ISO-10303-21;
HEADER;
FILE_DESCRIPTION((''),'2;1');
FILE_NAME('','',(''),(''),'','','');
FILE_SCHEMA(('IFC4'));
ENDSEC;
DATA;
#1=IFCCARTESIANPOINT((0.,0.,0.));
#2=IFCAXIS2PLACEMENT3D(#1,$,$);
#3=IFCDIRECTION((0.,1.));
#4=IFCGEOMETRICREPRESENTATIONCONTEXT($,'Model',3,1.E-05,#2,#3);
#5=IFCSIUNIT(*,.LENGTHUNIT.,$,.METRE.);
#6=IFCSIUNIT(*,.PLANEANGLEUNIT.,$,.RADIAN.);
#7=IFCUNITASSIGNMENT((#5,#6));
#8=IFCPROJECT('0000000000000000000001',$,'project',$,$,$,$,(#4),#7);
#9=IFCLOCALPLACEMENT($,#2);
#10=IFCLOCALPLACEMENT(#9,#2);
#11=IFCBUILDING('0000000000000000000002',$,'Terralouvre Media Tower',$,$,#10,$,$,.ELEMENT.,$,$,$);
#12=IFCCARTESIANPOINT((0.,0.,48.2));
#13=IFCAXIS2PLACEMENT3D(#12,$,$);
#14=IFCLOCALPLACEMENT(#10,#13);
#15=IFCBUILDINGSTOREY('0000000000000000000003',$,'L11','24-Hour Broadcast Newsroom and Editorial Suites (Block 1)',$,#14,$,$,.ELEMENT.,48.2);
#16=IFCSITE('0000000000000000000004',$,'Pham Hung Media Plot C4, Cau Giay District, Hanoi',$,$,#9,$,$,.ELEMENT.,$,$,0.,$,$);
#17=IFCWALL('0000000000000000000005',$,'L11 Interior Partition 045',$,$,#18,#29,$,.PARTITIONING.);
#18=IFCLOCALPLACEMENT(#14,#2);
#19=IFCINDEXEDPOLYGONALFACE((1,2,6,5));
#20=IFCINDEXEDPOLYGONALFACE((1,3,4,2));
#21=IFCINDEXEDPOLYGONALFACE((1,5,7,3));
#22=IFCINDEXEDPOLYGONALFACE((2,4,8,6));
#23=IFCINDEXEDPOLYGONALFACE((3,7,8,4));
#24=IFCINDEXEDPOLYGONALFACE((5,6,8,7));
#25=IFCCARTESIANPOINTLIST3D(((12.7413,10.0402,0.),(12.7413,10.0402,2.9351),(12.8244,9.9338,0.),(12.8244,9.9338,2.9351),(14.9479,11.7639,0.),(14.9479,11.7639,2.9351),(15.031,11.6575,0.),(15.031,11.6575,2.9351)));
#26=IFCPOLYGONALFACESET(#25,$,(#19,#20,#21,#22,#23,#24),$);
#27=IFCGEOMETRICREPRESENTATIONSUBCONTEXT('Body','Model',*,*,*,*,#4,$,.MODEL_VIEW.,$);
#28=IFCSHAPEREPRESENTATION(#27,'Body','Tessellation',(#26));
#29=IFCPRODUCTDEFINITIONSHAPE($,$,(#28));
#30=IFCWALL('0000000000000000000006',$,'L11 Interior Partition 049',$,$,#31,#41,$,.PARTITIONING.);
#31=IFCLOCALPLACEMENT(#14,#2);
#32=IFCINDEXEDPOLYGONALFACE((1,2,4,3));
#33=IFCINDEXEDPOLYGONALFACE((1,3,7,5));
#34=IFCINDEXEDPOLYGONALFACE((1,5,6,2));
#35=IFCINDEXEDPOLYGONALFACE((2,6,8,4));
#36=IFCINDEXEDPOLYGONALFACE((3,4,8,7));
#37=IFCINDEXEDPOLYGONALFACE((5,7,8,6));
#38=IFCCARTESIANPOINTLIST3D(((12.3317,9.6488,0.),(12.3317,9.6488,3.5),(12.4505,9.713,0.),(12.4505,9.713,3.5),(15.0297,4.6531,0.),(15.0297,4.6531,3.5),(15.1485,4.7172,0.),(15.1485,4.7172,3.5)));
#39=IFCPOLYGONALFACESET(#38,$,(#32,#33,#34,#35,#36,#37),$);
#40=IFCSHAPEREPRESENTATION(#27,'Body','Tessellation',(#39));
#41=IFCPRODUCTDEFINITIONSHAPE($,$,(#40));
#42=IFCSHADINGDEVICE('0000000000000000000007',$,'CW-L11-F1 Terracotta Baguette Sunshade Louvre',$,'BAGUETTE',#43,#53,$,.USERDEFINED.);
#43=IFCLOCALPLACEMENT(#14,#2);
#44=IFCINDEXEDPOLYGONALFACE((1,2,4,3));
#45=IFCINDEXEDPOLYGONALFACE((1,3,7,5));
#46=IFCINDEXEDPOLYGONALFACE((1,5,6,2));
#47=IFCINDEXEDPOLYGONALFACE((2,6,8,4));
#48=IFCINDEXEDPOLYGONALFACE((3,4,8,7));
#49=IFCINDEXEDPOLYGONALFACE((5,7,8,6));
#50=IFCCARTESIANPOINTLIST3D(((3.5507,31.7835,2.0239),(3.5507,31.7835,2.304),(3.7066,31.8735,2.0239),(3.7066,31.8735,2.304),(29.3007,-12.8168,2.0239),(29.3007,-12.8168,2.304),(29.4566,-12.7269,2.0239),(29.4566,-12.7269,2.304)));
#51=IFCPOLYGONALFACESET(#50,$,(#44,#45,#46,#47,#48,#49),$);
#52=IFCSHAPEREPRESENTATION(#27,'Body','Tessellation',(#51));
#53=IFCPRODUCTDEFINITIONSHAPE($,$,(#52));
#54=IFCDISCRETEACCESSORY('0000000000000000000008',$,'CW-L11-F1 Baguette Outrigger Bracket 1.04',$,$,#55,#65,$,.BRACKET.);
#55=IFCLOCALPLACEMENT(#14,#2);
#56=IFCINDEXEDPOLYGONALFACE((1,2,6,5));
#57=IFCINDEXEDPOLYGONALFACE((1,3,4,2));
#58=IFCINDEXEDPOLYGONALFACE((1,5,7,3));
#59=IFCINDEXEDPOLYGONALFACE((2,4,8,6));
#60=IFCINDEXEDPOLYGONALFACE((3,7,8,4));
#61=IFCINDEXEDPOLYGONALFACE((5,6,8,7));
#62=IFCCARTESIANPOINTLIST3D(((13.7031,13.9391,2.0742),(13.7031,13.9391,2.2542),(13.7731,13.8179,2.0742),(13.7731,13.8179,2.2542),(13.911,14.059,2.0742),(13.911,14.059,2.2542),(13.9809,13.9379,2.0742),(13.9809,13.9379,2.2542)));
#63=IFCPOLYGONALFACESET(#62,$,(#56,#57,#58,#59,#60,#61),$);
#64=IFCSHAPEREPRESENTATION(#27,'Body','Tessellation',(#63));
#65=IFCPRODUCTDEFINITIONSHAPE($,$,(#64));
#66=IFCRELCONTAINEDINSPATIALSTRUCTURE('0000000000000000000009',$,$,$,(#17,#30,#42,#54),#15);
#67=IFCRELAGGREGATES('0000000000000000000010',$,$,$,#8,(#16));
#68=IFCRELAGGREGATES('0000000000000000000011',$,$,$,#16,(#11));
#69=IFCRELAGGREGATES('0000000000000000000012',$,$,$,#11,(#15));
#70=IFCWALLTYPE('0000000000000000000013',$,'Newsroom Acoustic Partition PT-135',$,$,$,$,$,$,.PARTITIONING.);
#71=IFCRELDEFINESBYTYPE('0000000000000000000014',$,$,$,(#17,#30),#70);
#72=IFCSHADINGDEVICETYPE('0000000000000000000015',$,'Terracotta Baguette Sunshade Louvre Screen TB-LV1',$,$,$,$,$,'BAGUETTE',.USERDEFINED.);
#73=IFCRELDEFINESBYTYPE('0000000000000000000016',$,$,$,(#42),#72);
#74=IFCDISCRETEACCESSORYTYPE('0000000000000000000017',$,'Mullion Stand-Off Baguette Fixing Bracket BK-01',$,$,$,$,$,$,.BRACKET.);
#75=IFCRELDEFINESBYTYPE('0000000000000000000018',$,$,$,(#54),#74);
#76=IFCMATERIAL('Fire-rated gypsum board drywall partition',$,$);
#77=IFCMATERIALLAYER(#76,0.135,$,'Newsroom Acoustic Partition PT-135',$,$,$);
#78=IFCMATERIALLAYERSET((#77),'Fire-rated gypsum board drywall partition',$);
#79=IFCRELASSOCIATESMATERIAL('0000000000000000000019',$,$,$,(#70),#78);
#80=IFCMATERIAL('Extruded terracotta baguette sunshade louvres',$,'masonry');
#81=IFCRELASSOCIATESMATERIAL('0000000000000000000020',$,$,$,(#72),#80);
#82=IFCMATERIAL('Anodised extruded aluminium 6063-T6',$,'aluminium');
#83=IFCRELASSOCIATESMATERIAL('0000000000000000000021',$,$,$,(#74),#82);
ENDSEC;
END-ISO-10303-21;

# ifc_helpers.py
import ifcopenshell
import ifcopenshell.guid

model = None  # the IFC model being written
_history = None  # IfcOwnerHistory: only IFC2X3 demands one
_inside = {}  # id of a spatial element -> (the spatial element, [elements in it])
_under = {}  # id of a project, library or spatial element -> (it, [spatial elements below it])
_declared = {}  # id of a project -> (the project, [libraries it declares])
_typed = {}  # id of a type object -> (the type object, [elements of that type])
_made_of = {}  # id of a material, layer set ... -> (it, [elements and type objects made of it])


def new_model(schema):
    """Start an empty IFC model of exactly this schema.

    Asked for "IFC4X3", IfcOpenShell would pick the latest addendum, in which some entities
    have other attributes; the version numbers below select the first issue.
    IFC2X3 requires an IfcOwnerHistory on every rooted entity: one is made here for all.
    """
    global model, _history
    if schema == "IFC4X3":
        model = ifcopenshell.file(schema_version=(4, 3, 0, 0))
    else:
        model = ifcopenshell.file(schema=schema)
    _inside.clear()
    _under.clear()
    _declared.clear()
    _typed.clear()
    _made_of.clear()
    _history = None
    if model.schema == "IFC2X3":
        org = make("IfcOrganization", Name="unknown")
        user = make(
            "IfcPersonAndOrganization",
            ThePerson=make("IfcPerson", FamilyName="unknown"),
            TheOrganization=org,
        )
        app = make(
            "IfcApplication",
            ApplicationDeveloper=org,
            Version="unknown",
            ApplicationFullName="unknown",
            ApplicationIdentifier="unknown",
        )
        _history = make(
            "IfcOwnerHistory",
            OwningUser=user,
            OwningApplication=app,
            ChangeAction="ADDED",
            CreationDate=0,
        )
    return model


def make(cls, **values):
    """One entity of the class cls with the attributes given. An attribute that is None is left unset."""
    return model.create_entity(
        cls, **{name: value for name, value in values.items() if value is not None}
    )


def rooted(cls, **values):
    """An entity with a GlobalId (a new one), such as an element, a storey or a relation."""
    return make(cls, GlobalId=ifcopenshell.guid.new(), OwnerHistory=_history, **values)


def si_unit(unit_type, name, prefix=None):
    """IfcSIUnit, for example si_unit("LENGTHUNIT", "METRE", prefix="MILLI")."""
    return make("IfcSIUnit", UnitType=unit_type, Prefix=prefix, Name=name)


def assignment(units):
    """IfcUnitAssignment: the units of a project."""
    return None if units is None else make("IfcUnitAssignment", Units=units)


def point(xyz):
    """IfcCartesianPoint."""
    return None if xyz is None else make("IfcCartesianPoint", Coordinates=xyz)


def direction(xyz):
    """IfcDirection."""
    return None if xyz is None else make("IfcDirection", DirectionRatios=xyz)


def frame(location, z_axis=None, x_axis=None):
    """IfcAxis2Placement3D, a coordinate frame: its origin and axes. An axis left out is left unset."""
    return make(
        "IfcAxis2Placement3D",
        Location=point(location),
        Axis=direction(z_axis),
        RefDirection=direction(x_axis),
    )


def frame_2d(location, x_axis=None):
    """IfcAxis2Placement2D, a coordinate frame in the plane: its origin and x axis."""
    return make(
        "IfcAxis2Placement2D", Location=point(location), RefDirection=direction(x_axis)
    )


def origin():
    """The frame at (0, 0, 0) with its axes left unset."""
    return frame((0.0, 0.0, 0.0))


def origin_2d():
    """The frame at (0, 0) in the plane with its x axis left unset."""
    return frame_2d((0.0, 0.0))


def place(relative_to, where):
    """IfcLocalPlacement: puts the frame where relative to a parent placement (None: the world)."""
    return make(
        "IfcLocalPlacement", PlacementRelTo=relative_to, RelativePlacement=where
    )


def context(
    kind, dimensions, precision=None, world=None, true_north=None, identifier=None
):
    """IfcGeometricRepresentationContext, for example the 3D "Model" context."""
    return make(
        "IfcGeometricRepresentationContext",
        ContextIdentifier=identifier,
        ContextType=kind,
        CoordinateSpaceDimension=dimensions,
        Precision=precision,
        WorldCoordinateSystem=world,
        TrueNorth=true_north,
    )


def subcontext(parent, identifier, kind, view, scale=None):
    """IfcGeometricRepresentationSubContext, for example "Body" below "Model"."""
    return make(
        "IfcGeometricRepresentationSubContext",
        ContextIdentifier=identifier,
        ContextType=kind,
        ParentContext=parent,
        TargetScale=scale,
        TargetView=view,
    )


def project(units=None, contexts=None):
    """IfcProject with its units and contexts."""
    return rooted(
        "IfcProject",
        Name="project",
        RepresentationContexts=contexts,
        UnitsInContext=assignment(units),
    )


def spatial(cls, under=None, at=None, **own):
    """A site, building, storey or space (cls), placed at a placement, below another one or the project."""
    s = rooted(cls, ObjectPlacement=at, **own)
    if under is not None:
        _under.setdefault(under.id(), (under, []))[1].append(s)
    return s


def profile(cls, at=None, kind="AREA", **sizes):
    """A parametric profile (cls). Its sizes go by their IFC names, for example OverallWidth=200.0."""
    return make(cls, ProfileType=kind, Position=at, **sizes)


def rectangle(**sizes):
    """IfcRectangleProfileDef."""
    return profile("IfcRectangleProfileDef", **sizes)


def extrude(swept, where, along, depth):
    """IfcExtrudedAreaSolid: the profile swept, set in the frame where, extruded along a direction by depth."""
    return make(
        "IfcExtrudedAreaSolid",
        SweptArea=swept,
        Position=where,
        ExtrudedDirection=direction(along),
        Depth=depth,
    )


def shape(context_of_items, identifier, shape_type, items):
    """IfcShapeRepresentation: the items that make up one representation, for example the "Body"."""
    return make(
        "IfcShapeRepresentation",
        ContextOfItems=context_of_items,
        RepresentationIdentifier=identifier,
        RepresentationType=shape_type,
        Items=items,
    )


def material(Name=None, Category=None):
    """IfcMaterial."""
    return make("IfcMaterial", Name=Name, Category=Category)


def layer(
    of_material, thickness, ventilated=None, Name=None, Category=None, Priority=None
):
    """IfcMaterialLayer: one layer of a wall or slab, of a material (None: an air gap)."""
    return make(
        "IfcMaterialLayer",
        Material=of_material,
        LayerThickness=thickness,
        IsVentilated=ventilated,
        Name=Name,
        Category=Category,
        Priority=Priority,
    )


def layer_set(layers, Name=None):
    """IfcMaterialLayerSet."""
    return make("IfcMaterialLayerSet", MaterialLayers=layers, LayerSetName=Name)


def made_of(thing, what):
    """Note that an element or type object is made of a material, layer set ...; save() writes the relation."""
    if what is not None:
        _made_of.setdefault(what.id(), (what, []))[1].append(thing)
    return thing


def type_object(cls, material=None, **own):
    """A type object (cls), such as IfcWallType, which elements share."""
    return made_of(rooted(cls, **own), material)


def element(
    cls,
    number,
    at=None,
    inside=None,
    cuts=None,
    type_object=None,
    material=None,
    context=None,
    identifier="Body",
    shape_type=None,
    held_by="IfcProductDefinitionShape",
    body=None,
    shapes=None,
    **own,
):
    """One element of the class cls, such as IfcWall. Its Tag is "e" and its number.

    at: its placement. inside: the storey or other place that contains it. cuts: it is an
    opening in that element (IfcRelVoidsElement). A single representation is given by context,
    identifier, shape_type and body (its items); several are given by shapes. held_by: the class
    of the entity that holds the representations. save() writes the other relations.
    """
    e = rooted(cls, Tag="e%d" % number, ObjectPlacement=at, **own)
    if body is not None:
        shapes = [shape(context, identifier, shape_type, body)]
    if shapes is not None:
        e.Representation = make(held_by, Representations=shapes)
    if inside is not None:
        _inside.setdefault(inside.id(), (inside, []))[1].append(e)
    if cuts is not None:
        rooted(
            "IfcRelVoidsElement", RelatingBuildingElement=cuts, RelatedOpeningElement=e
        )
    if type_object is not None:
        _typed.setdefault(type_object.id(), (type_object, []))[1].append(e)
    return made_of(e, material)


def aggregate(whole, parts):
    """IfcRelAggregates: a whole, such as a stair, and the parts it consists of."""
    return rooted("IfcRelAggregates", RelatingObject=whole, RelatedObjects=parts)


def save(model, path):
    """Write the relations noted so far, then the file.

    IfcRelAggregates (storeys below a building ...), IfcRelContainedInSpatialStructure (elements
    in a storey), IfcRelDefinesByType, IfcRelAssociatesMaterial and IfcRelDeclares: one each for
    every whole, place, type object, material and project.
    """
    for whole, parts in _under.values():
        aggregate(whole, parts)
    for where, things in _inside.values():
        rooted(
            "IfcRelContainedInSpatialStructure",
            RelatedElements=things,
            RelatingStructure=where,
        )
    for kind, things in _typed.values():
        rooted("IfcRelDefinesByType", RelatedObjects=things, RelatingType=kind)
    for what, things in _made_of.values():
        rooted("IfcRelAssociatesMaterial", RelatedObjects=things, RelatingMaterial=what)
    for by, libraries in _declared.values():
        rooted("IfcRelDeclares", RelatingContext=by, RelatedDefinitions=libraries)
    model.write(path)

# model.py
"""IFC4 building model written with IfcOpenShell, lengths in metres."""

from ifc_helpers import new_model, si_unit, direction, frame, frame_2d, origin, origin_2d, place, context, subcontext, project, spatial, rectangle, extrude, material, layer, layer_set, type_object, element, save


model = new_model("IFC4")

# Units and contexts
model_context = context("Model", 3, precision=1e-05, world=origin(), true_north=direction((0.0, 1.0)))
body_context = subcontext(model_context, "Body", "Model", "MODEL_VIEW")
ifc_project = project(units=[si_unit("LENGTHUNIT", "METRE"), si_unit("PLANEANGLEUNIT", "RADIAN")], contexts=[model_context])

# Site, building, storey
site_placement = place(None, origin())
site = spatial("IfcSite", under=ifc_project, at=site_placement, Name="Pham Hung Media Plot C4, Cau Giay District, Hanoi", CompositionType="ELEMENT", RefElevation=0.0)
building_placement = place(site_placement, origin())
building = spatial("IfcBuilding", under=site, at=building_placement, Name="Terralouvre Media Tower", CompositionType="ELEMENT")
storey_placement = place(building_placement, frame((0.0, 0.0, 48.2)))
storey = spatial("IfcBuildingStorey", under=building, at=storey_placement, Name="L11", Description="24-Hour Broadcast Newsroom and Editorial Suites (Block 1)", CompositionType="ELEMENT", Elevation=48.2)

# Shared definitions
ifc_material_1 = material(Name="Fire-rated gypsum board drywall partition")
ifc_layer_1 = layer(ifc_material_1, 0.135, Name="Newsroom Acoustic Partition PT-135")
ifc_layer_set_1 = layer_set([ifc_layer_1], Name="Fire-rated gypsum board drywall partition")
wall_type_1 = type_object("IfcWallType", Name="Newsroom Acoustic Partition PT-135", PredefinedType="PARTITIONING", material=ifc_layer_set_1)

# Walls
wall_1_placement = place(storey_placement, frame((12.783, 9.9871, 0.0), z_axis=(0.0, 0.0, 1.0), x_axis=(0.788064, 0.615593, 0.0)))
element("IfcWall", 1, at=wall_1_placement, inside=storey, type_object=wall_type_1, Name="L11 Interior Partition 045", PredefinedType="PARTITIONING", context=body_context, shape_type="SweptSolid", body=[
    extrude(rectangle(XDim=2.8, YDim=0.135, at=frame_2d((1.3999, 0.0))), origin(), (0.0, 0.0, 1.0), 2.9351),
])
wall_2_placement = place(storey_placement, frame((12.3911, 9.6809, 0.0), z_axis=(0.0, 0.0, 1.0), x_axis=(0.475182, -0.879888, 0.0)))
element("IfcWall", 2, at=wall_2_placement, inside=storey, type_object=wall_type_1, Name="L11 Interior Partition 049", PredefinedType="PARTITIONING", context=body_context, shape_type="SweptSolid", body=[
    extrude(rectangle(XDim=5.6777, YDim=0.135, at=frame_2d((2.8389, 0.0))), origin(), (0.0, 0.0, 1.0), 3.5),
])

# Shading device
ifc_material_2 = material(Name="Extruded terracotta baguette sunshade louvres", Category="masonry")
shading_device_type = type_object("IfcShadingDeviceType", Name="Terracotta Baguette Sunshade Louvre Screen TB-LV1", ElementType="BAGUETTE", PredefinedType="USERDEFINED", material=ifc_material_2)
shading_device_placement = place(storey_placement, frame((16.5037, 9.5283, 2.0239), z_axis=(0.0, 0.0, 1.0), x_axis=(-0.5, 0.866025, 0.0)))
element("IfcShadingDevice", 3, at=shading_device_placement, inside=storey, type_object=shading_device_type, Name="CW-L11-F1 Terracotta Baguette Sunshade Louvre", ObjectType="BAGUETTE", PredefinedType="USERDEFINED", context=body_context, shape_type="SweptSolid", body=[
    extrude(rectangle(XDim=51.5, YDim=0.1799, at=origin_2d()), origin(), (0.0, 0.0, 1.0), 0.28),
])

# Discrete accessory
ifc_material_3 = material(Name="Anodised extruded aluminium 6063-T6", Category="aluminium")
discrete_accessory_type = type_object("IfcDiscreteAccessoryType", Name="Mullion Stand-Off Baguette Fixing Bracket BK-01", PredefinedType="BRACKET", material=ifc_material_3)
discrete_accessory_placement = place(storey_placement, frame((13.842, 13.9385, 2.0742), z_axis=(0.0, 0.0, 1.0), x_axis=(-0.5, 0.866025, 0.0)))
element("IfcDiscreteAccessory", 4, at=discrete_accessory_placement, inside=storey, type_object=discrete_accessory_type, Name="CW-L11-F1 Baguette Outrigger Bracket 1.04", PredefinedType="BRACKET", context=body_context, shape_type="SweptSolid", body=[
    extrude(rectangle(XDim=0.1399, YDim=0.24, at=origin_2d()), origin(), (0.0, 0.0, 1.0), 0.1799),
])

save(model, "model.ifc")
